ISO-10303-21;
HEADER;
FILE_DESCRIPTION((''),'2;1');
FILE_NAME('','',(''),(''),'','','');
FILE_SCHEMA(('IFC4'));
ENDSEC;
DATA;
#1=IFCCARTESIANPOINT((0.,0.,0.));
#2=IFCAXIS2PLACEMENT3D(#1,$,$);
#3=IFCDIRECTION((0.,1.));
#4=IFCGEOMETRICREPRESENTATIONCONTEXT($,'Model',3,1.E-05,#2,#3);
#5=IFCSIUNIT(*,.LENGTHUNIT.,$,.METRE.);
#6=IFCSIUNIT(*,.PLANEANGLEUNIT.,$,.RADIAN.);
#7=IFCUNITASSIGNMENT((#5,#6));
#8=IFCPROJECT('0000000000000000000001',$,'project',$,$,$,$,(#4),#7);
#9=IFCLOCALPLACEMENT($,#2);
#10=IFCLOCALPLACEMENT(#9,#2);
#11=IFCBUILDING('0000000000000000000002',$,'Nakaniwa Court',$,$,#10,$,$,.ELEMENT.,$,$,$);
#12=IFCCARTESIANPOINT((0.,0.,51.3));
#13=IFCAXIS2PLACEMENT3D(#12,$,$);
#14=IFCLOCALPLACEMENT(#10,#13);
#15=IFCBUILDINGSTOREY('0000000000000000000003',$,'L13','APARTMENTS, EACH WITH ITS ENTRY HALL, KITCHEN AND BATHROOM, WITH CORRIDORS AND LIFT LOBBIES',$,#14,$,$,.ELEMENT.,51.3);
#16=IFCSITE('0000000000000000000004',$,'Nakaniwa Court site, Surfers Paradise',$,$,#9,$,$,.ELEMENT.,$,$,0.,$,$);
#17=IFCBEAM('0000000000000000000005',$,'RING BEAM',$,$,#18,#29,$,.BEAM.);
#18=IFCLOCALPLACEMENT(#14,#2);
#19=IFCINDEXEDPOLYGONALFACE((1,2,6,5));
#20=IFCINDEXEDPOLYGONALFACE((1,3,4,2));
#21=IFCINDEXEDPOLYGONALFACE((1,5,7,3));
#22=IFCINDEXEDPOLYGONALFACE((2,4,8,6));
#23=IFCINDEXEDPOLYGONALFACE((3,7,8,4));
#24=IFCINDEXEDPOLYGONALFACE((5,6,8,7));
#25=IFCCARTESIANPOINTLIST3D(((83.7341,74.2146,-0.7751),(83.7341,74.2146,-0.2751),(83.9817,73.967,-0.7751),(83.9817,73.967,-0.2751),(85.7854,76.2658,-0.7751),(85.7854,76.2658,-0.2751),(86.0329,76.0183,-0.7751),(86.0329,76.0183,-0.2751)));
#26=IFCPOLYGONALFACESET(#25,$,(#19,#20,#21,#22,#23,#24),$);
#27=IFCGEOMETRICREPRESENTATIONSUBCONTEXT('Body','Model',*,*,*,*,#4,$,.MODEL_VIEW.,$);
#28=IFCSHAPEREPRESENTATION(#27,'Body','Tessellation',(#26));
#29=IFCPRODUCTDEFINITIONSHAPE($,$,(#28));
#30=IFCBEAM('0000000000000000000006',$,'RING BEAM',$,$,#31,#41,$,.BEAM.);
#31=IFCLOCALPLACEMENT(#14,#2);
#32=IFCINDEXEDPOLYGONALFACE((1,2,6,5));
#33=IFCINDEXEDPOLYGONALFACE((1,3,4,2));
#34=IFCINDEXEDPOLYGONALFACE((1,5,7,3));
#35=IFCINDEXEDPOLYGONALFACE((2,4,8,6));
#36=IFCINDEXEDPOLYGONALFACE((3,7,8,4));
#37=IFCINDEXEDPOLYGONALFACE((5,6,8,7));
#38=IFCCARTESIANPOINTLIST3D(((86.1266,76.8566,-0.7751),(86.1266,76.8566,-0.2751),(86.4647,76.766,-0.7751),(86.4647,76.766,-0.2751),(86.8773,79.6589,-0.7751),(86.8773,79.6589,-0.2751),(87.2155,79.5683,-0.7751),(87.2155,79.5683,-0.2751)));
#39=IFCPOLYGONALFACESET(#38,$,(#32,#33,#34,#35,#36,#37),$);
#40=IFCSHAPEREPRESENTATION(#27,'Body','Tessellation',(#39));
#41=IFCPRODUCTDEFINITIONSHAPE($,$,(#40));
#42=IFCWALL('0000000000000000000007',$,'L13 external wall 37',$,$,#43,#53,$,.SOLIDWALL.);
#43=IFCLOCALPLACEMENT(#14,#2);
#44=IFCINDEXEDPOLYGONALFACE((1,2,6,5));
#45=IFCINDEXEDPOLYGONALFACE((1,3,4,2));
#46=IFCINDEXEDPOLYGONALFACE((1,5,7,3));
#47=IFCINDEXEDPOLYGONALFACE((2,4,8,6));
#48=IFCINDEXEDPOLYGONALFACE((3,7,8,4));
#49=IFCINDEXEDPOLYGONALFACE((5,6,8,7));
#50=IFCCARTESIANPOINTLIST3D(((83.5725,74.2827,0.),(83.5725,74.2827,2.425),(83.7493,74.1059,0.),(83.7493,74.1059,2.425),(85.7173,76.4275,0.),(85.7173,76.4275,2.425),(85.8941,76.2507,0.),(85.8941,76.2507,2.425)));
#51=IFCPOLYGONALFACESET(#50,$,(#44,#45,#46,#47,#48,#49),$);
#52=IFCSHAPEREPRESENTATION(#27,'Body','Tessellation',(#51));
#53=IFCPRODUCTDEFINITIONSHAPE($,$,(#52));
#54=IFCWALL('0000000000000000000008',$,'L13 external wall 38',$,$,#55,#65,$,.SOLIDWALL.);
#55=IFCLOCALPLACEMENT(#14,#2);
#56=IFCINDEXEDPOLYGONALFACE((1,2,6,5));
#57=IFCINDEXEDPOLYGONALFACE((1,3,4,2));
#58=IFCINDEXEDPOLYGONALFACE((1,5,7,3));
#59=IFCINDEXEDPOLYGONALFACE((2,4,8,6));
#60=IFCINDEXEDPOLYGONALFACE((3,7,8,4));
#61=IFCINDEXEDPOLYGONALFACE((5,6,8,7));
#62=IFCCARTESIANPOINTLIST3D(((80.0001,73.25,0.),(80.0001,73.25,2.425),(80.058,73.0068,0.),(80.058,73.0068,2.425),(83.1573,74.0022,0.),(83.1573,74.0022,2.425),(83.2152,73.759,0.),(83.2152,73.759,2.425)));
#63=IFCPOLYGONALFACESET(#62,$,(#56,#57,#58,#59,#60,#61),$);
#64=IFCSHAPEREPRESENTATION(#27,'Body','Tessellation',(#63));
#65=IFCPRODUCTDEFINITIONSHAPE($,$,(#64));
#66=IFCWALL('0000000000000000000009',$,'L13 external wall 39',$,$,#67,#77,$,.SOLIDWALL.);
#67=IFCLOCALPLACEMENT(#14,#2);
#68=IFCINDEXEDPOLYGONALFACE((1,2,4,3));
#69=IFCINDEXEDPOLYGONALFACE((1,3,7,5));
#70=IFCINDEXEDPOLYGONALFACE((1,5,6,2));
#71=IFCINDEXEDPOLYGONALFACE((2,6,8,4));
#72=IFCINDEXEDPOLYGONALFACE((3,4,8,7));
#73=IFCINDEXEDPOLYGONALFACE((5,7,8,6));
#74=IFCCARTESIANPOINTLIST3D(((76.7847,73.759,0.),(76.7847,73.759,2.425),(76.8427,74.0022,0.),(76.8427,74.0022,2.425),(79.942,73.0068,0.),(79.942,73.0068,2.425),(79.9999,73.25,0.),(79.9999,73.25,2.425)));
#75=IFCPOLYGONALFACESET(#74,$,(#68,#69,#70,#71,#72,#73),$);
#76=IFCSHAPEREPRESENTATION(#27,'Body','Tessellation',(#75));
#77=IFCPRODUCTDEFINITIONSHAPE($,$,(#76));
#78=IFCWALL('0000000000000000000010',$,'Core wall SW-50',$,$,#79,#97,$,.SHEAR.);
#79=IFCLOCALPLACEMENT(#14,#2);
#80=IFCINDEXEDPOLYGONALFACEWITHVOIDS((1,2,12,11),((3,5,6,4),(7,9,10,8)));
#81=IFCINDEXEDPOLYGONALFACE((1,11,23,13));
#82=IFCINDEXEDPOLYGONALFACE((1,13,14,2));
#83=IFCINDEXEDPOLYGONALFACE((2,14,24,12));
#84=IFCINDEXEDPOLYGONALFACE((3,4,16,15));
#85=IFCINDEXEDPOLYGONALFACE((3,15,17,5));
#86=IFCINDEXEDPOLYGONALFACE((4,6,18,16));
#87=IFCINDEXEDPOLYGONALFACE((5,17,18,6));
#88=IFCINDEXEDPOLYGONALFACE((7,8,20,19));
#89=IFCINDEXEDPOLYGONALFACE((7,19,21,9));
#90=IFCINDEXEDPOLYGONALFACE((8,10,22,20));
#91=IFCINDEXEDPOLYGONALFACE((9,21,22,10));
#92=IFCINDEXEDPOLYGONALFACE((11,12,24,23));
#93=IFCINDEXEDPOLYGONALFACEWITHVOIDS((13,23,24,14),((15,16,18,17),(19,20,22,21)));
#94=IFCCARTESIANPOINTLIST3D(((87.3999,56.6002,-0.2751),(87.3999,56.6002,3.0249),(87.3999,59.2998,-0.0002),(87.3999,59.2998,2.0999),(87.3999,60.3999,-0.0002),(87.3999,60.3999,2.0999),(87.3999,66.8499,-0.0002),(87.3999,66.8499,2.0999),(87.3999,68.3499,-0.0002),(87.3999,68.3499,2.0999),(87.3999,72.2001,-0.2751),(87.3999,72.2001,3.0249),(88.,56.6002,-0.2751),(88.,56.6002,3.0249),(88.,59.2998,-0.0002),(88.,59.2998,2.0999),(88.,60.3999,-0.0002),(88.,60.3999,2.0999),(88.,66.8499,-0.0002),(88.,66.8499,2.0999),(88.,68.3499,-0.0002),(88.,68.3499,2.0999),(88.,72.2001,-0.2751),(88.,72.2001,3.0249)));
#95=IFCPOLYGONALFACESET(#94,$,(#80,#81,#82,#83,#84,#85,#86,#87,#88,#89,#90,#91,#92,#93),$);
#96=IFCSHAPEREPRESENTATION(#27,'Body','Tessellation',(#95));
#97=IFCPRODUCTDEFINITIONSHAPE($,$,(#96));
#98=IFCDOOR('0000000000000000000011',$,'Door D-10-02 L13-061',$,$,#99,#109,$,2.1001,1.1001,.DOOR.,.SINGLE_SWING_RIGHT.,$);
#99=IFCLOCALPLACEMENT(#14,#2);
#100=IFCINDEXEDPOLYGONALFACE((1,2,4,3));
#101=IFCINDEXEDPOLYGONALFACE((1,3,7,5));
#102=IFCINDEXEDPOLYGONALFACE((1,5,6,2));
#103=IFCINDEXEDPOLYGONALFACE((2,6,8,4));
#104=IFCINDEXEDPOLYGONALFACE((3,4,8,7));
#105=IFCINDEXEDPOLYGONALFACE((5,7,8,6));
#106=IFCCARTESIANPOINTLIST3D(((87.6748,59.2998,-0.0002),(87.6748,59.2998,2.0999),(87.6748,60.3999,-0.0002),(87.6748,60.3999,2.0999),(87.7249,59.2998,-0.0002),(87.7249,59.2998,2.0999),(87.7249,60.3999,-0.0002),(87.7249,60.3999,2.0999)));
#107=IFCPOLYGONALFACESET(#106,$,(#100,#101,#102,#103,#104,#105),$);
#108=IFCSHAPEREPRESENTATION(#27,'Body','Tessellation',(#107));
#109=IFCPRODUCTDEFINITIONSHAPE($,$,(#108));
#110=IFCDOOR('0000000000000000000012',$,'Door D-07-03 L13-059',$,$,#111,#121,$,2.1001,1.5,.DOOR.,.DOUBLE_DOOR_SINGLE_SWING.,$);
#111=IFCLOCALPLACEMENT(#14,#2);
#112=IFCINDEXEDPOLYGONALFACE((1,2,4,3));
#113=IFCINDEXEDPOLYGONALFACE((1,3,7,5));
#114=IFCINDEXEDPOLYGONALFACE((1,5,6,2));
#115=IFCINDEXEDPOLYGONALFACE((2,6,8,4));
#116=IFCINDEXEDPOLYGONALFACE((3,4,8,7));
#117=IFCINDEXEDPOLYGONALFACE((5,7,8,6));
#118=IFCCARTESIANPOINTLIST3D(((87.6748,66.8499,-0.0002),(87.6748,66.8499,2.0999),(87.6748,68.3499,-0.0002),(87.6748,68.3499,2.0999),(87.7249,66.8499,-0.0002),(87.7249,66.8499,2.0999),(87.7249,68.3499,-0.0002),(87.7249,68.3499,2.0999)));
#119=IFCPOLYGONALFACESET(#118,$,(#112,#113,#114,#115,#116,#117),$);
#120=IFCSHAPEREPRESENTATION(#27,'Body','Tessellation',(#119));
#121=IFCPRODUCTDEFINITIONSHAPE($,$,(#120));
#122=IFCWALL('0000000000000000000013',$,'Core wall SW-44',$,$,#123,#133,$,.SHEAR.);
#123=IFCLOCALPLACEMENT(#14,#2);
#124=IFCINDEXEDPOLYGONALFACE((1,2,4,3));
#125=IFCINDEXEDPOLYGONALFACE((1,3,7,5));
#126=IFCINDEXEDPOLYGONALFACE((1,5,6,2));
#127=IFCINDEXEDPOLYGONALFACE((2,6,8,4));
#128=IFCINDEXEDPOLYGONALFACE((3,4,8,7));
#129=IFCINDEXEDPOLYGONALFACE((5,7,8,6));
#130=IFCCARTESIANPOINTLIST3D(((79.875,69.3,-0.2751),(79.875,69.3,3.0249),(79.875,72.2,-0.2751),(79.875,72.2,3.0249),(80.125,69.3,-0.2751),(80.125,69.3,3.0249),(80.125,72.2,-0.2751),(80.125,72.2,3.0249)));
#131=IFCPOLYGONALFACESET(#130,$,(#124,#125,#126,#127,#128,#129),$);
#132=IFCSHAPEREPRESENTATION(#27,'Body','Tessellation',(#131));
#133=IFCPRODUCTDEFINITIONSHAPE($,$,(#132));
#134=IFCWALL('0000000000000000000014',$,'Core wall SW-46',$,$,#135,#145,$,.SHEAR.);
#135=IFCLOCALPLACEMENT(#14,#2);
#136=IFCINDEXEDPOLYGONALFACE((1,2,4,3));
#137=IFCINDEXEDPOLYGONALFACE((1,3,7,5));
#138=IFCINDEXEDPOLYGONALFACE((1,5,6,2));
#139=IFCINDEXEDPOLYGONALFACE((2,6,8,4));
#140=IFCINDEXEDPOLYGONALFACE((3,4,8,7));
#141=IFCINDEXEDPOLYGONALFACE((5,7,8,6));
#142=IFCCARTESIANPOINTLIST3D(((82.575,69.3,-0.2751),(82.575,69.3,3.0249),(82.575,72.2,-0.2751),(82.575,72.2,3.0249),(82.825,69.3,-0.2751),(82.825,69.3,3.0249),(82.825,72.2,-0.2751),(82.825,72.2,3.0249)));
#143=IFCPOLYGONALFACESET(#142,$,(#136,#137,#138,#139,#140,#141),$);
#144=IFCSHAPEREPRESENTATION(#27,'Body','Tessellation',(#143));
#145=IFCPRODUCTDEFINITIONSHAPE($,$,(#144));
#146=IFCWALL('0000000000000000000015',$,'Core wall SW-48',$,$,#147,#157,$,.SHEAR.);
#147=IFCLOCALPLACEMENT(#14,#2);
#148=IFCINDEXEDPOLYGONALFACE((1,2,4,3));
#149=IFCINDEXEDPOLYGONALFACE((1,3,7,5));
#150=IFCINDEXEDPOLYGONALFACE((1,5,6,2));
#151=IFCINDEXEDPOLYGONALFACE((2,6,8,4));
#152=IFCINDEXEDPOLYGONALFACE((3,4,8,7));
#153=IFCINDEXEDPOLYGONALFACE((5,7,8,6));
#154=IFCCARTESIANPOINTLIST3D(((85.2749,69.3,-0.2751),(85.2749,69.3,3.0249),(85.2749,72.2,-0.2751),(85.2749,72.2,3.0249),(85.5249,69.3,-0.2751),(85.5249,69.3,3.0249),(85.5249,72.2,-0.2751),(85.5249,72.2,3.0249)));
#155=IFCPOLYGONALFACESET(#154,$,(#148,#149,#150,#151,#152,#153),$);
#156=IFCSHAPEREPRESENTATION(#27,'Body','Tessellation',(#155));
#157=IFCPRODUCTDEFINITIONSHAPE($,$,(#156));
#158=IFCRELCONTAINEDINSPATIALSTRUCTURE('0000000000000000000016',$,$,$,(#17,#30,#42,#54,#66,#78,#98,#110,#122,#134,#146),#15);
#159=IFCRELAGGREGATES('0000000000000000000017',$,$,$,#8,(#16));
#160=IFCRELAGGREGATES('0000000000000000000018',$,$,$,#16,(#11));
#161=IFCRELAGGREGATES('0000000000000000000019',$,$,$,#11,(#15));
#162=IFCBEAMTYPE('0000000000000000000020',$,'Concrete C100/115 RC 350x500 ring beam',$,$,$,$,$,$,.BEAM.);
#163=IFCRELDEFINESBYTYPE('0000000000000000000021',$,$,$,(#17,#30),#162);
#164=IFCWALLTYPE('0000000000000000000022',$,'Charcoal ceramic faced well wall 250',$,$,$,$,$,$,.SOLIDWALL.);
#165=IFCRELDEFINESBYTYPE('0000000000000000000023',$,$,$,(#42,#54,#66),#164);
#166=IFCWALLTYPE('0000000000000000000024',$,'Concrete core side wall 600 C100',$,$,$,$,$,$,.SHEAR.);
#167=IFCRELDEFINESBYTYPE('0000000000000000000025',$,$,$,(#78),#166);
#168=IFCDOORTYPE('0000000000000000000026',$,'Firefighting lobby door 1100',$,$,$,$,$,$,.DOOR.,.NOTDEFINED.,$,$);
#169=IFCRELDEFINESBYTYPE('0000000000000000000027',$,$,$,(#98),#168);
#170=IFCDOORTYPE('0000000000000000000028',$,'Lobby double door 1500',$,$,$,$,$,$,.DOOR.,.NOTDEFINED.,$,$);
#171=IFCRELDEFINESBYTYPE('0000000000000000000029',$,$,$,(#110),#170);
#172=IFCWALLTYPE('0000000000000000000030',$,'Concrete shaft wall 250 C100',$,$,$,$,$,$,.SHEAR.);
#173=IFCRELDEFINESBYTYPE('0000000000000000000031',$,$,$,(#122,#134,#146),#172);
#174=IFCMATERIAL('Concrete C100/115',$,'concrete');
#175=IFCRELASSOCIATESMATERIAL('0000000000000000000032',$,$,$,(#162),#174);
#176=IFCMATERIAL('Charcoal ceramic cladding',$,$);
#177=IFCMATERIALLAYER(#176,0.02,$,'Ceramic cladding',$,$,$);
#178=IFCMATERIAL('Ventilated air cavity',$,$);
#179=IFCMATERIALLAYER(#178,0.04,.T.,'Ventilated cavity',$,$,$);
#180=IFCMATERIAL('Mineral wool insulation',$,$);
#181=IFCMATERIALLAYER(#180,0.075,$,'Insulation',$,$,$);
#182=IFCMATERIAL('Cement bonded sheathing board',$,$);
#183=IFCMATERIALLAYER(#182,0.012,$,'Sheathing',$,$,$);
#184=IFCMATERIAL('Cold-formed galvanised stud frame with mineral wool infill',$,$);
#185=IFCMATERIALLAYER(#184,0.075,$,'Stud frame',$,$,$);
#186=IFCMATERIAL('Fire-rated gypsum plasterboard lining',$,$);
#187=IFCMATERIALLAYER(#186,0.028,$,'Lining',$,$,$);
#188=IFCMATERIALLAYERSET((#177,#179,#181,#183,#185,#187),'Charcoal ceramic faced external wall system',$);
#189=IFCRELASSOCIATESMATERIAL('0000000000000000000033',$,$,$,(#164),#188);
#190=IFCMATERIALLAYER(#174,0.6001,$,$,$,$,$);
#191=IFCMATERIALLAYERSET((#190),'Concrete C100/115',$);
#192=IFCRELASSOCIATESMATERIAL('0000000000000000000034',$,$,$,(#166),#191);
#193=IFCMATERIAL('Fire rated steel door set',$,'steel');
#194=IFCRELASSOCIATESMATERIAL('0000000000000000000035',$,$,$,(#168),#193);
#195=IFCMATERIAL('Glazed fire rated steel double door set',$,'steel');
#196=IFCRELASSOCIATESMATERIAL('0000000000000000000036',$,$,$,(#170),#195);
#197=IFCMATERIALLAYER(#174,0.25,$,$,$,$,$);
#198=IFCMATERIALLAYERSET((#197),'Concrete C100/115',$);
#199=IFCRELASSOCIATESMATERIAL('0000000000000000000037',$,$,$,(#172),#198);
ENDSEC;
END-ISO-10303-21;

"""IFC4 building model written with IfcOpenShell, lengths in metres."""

from ifc_helpers import new_model, si_unit, direction, frame, frame_2d, origin, origin_2d, place, context, subcontext, project, spatial, rectangle, extrude, material, layer, layer_set, material_profile, profile_set, type_object, element, fill, save


model = new_model("IFC4")

# Units and contexts
model_context = context("Model", 3, precision=1e-05, world=origin(), true_north=direction((0.0, 1.0)))
body_context = subcontext(model_context, "Body", "Model", "MODEL_VIEW")
ifc_project = project(units=[si_unit("LENGTHUNIT", "METRE"), si_unit("PLANEANGLEUNIT", "RADIAN")], contexts=[model_context])

# Site, building, storey
site_placement = place(None, origin())
site = spatial("IfcSite", under=ifc_project, at=site_placement, Name="Nakaniwa Court site, Surfers Paradise", CompositionType="ELEMENT", RefElevation=0.0)
building_placement = place(site_placement, origin())
building = spatial("IfcBuilding", under=site, at=building_placement, Name="Nakaniwa Court", CompositionType="ELEMENT")
storey_placement = place(building_placement, frame((0.0, 0.0, 51.3)))
storey = spatial("IfcBuildingStorey", under=building, at=storey_placement, Name="L13", Description="APARTMENTS, EACH WITH ITS ENTRY HALL, KITCHEN AND BATHROOM, WITH CORRIDORS AND LIFT LOBBIES", CompositionType="ELEMENT", Elevation=51.3)

# Shared definitions
ifc_material_1 = material(Name="Concrete C100/115", Category="concrete")

# Beams
ifc_material_profile_1 = material_profile(ifc_material_1, rectangle(XDim=0.3501, YDim=0.5, at=origin_2d()), Name="Concrete C100/115 RC 350x500 ring beam")
ifc_profile_set_1 = profile_set([ifc_material_profile_1], Name="Concrete C100/115")
beam_type = type_object("IfcBeamType", Name="Concrete C100/115 RC 350x500 ring beam", PredefinedType="BEAM", material=ifc_profile_set_1)
beam_1_placement = place(storey_placement, frame((83.8579, 74.0908, -0.5251), z_axis=(0.707107, 0.707107, 0.0), x_axis=(-0.707107, 0.707107, 0.0)))
element("IfcBeam", 1, at=beam_1_placement, inside=storey, type_object=beam_type, Name="RING BEAM", PredefinedType="BEAM", context=body_context, shape_type="SweptSolid", body=[
    extrude(rectangle(XDim=0.3501, YDim=0.5, at=origin_2d()), origin(), (0.0, 0.0, 1.0), 2.9009),
])
beam_2_placement = place(storey_placement, frame((86.2957, 76.8113, -0.5251), z_axis=(0.258778, 0.965937, 0.0), x_axis=(-0.965937, 0.258778, 0.0)))
element("IfcBeam", 2, at=beam_2_placement, inside=storey, type_object=beam_type, Name="RING BEAM", PredefinedType="BEAM", context=body_context, shape_type="SweptSolid", body=[
    extrude(rectangle(XDim=0.3501, YDim=0.5, at=origin_2d()), origin(), (0.0, 0.0, 1.0), 2.9011),
])

# Walls
ifc_material_2 = material(Name="Charcoal ceramic cladding")
ifc_layer_1 = layer(ifc_material_2, 0.02, Name="Ceramic cladding")
ifc_material_3 = material(Name="Ventilated air cavity")
ifc_layer_2 = layer(ifc_material_3, 0.04, ventilated=True, Name="Ventilated cavity")
ifc_material_4 = material(Name="Mineral wool insulation")
ifc_layer_3 = layer(ifc_material_4, 0.075, Name="Insulation")
ifc_material_5 = material(Name="Cement bonded sheathing board")
ifc_layer_4 = layer(ifc_material_5, 0.012, Name="Sheathing")
ifc_material_6 = material(Name="Cold-formed galvanised stud frame with mineral wool infill")
ifc_layer_5 = layer(ifc_material_6, 0.075, Name="Stud frame")
ifc_material_7 = material(Name="Fire-rated gypsum plasterboard lining")
ifc_layer_6 = layer(ifc_material_7, 0.028, Name="Lining")
ifc_layer_set_1 = layer_set([ifc_layer_1, ifc_layer_2, ifc_layer_3, ifc_layer_4, ifc_layer_5, ifc_layer_6], Name="Charcoal ceramic faced external wall system")
wall_type_1 = type_object("IfcWallType", Name="Charcoal ceramic faced well wall 250", PredefinedType="SOLIDWALL", material=ifc_layer_set_1)
wall_1_placement = place(storey_placement, frame((85.8057, 76.3391, 0.0), z_axis=(0.0, 0.0, 1.0), x_axis=(-0.707107, -0.707107, 0.0)))
element("IfcWall", 3, at=wall_1_placement, inside=storey, type_object=wall_type_1, Name="L13 external wall 37", PredefinedType="SOLIDWALL", context=body_context, shape_type="SweptSolid", body=[
    extrude(rectangle(XDim=3.0332, YDim=0.25, at=frame_2d((1.5166, 0.0))), origin(), (0.0, 0.0, 1.0), 2.425),
])
for number, where, z_axis, x_axis, name in (
    (4, (83.1863, 73.8806, 0.0), (0.0, 0.0, 1.0), (-0.972773, -0.23176, 0.0), "L13 external wall 38"),
    (5, (79.9709, 73.1284, 0.0), (0.0, 0.0, 1.0), (-0.972773, 0.23176, 0.0), "L13 external wall 39"),
):
    element("IfcWall", number, at=place(storey_placement, frame(where, z_axis=z_axis, x_axis=x_axis)), inside=storey, type_object=wall_type_1, Name=name, PredefinedType="SOLIDWALL", context=body_context, shape_type="SweptSolid", body=[
        extrude(rectangle(XDim=3.2456, YDim=0.25, at=frame_2d((1.6228, 0.0))), origin(), (0.0, 0.0, 1.0), 2.425),
    ])

# Wall, openings, doors
ifc_layer_7 = layer(ifc_material_1, 0.6001)
ifc_layer_set_2 = layer_set([ifc_layer_7], Name="Concrete C100/115")
wall_type_2 = type_object("IfcWallType", Name="Concrete core side wall 600 C100", PredefinedType="SHEAR", material=ifc_layer_set_2)
wall_2_placement = place(storey_placement, frame((87.7, 72.2, -0.2751), z_axis=(0.0, 0.0, 1.0), x_axis=(0.0, -1.0, 0.0)))
wall_2 = element("IfcWall", 6, at=wall_2_placement, inside=storey, type_object=wall_type_2, Name="Core wall SW-50", PredefinedType="SHEAR", context=body_context, shape_type="SweptSolid", body=[
    extrude(rectangle(XDim=15.5999, YDim=0.6001, at=frame_2d((7.7998, 0.0))), origin(), (0.0, 0.0, 1.0), 3.3),
])
opening_1_placement = place(wall_2_placement, frame((3.8501, 0.0, 0.2749)))
opening_1 = element("IfcOpeningElement", 7, at=opening_1_placement, cuts=wall_2, PredefinedType="OPENING", context=body_context, shape_type="SweptSolid", body=[
    extrude(rectangle(XDim=1.5, YDim=2.1001, at=frame_2d((0.75, 1.05))), frame((0.0, 0.3101, 0.0), z_axis=(0.0, -1.0, 0.0), x_axis=(1.0, 0.0, 0.0)), (0.0, 0.0, 1.0), 0.6201),
])
opening_2_placement = place(wall_2_placement, frame((11.8, 0.0, 0.2749)))
opening_2 = element("IfcOpeningElement", 8, at=opening_2_placement, cuts=wall_2, PredefinedType="OPENING", context=body_context, shape_type="SweptSolid", body=[
    extrude(rectangle(XDim=1.1001, YDim=2.1001, at=frame_2d((0.55, 1.05))), frame((0.0, 0.3101, 0.0), z_axis=(0.0, -1.0, 0.0), x_axis=(1.0, 0.0, 0.0)), (0.0, 0.0, 1.0), 0.6201),
])
ifc_material_8 = material(Name="Fire rated steel door set", Category="steel")
door_type_1 = type_object("IfcDoorType", Name="Firefighting lobby door 1100", OperationType="NOTDEFINED", PredefinedType="DOOR", material=ifc_material_8)
door_1_placement = place(opening_2_placement, origin())
door_1 = element("IfcDoor", 9, at=door_1_placement, inside=storey, type_object=door_type_1, Name="Door D-10-02 L13-061", OperationType="SINGLE_SWING_RIGHT", OverallHeight=2.1001, OverallWidth=1.1001, PredefinedType="DOOR", context=body_context, shape_type="SweptSolid", body=[
    extrude(rectangle(XDim=1.1001, YDim=2.1001, at=frame_2d((0.55, 1.05))), frame((0.0, 0.0249, 0.0), z_axis=(0.0, -1.0, 0.0), x_axis=(1.0, 0.0, 0.0)), (0.0, 0.0, 1.0), 0.05),
])
fill(opening_2, door_1)
ifc_material_9 = material(Name="Glazed fire rated steel double door set", Category="steel")
door_type_2 = type_object("IfcDoorType", Name="Lobby double door 1500", OperationType="NOTDEFINED", PredefinedType="DOOR", material=ifc_material_9)
door_2_placement = place(opening_1_placement, origin())
door_2 = element("IfcDoor", 10, at=door_2_placement, inside=storey, type_object=door_type_2, Name="Door D-07-03 L13-059", OperationType="DOUBLE_DOOR_SINGLE_SWING", OverallHeight=2.1001, OverallWidth=1.5, PredefinedType="DOOR", context=body_context, shape_type="SweptSolid", body=[
    extrude(rectangle(XDim=1.5, YDim=2.1001, at=frame_2d((0.75, 1.05))), frame((0.0, 0.0249, 0.0), z_axis=(0.0, -1.0, 0.0), x_axis=(1.0, 0.0, 0.0)), (0.0, 0.0, 1.0), 0.05),
])
fill(opening_1, door_2)

# Walls
ifc_layer_8 = layer(ifc_material_1, 0.25)
ifc_layer_set_3 = layer_set([ifc_layer_8], Name="Concrete C100/115")
wall_type_3 = type_object("IfcWallType", Name="Concrete shaft wall 250 C100", PredefinedType="SHEAR", material=ifc_layer_set_3)
for number, where, z_axis, x_axis, name in (
    (11, (80.0, 69.3, -0.2751), (0.0, 0.0, 1.0), (0.0, 1.0, 0.0), "Core wall SW-44"),
    (12, (82.7, 69.3, -0.2751), (0.0, 0.0, 1.0), (0.0, 1.0, 0.0), "Core wall SW-46"),
    (13, (85.3999, 69.3, -0.2751), (0.0, 0.0, 1.0), (0.0, 1.0, 0.0), "Core wall SW-48"),
):
    element("IfcWall", number, at=place(storey_placement, frame(where, z_axis=z_axis, x_axis=x_axis)), inside=storey, type_object=wall_type_3, Name=name, PredefinedType="SHEAR", context=body_context, shape_type="SweptSolid", body=[
        extrude(rectangle(XDim=2.8999, YDim=0.25, at=frame_2d((1.45, 0.0))), origin(), (0.0, 0.0, 1.0), 3.3),
    ])

save(model, "model.ifc")
